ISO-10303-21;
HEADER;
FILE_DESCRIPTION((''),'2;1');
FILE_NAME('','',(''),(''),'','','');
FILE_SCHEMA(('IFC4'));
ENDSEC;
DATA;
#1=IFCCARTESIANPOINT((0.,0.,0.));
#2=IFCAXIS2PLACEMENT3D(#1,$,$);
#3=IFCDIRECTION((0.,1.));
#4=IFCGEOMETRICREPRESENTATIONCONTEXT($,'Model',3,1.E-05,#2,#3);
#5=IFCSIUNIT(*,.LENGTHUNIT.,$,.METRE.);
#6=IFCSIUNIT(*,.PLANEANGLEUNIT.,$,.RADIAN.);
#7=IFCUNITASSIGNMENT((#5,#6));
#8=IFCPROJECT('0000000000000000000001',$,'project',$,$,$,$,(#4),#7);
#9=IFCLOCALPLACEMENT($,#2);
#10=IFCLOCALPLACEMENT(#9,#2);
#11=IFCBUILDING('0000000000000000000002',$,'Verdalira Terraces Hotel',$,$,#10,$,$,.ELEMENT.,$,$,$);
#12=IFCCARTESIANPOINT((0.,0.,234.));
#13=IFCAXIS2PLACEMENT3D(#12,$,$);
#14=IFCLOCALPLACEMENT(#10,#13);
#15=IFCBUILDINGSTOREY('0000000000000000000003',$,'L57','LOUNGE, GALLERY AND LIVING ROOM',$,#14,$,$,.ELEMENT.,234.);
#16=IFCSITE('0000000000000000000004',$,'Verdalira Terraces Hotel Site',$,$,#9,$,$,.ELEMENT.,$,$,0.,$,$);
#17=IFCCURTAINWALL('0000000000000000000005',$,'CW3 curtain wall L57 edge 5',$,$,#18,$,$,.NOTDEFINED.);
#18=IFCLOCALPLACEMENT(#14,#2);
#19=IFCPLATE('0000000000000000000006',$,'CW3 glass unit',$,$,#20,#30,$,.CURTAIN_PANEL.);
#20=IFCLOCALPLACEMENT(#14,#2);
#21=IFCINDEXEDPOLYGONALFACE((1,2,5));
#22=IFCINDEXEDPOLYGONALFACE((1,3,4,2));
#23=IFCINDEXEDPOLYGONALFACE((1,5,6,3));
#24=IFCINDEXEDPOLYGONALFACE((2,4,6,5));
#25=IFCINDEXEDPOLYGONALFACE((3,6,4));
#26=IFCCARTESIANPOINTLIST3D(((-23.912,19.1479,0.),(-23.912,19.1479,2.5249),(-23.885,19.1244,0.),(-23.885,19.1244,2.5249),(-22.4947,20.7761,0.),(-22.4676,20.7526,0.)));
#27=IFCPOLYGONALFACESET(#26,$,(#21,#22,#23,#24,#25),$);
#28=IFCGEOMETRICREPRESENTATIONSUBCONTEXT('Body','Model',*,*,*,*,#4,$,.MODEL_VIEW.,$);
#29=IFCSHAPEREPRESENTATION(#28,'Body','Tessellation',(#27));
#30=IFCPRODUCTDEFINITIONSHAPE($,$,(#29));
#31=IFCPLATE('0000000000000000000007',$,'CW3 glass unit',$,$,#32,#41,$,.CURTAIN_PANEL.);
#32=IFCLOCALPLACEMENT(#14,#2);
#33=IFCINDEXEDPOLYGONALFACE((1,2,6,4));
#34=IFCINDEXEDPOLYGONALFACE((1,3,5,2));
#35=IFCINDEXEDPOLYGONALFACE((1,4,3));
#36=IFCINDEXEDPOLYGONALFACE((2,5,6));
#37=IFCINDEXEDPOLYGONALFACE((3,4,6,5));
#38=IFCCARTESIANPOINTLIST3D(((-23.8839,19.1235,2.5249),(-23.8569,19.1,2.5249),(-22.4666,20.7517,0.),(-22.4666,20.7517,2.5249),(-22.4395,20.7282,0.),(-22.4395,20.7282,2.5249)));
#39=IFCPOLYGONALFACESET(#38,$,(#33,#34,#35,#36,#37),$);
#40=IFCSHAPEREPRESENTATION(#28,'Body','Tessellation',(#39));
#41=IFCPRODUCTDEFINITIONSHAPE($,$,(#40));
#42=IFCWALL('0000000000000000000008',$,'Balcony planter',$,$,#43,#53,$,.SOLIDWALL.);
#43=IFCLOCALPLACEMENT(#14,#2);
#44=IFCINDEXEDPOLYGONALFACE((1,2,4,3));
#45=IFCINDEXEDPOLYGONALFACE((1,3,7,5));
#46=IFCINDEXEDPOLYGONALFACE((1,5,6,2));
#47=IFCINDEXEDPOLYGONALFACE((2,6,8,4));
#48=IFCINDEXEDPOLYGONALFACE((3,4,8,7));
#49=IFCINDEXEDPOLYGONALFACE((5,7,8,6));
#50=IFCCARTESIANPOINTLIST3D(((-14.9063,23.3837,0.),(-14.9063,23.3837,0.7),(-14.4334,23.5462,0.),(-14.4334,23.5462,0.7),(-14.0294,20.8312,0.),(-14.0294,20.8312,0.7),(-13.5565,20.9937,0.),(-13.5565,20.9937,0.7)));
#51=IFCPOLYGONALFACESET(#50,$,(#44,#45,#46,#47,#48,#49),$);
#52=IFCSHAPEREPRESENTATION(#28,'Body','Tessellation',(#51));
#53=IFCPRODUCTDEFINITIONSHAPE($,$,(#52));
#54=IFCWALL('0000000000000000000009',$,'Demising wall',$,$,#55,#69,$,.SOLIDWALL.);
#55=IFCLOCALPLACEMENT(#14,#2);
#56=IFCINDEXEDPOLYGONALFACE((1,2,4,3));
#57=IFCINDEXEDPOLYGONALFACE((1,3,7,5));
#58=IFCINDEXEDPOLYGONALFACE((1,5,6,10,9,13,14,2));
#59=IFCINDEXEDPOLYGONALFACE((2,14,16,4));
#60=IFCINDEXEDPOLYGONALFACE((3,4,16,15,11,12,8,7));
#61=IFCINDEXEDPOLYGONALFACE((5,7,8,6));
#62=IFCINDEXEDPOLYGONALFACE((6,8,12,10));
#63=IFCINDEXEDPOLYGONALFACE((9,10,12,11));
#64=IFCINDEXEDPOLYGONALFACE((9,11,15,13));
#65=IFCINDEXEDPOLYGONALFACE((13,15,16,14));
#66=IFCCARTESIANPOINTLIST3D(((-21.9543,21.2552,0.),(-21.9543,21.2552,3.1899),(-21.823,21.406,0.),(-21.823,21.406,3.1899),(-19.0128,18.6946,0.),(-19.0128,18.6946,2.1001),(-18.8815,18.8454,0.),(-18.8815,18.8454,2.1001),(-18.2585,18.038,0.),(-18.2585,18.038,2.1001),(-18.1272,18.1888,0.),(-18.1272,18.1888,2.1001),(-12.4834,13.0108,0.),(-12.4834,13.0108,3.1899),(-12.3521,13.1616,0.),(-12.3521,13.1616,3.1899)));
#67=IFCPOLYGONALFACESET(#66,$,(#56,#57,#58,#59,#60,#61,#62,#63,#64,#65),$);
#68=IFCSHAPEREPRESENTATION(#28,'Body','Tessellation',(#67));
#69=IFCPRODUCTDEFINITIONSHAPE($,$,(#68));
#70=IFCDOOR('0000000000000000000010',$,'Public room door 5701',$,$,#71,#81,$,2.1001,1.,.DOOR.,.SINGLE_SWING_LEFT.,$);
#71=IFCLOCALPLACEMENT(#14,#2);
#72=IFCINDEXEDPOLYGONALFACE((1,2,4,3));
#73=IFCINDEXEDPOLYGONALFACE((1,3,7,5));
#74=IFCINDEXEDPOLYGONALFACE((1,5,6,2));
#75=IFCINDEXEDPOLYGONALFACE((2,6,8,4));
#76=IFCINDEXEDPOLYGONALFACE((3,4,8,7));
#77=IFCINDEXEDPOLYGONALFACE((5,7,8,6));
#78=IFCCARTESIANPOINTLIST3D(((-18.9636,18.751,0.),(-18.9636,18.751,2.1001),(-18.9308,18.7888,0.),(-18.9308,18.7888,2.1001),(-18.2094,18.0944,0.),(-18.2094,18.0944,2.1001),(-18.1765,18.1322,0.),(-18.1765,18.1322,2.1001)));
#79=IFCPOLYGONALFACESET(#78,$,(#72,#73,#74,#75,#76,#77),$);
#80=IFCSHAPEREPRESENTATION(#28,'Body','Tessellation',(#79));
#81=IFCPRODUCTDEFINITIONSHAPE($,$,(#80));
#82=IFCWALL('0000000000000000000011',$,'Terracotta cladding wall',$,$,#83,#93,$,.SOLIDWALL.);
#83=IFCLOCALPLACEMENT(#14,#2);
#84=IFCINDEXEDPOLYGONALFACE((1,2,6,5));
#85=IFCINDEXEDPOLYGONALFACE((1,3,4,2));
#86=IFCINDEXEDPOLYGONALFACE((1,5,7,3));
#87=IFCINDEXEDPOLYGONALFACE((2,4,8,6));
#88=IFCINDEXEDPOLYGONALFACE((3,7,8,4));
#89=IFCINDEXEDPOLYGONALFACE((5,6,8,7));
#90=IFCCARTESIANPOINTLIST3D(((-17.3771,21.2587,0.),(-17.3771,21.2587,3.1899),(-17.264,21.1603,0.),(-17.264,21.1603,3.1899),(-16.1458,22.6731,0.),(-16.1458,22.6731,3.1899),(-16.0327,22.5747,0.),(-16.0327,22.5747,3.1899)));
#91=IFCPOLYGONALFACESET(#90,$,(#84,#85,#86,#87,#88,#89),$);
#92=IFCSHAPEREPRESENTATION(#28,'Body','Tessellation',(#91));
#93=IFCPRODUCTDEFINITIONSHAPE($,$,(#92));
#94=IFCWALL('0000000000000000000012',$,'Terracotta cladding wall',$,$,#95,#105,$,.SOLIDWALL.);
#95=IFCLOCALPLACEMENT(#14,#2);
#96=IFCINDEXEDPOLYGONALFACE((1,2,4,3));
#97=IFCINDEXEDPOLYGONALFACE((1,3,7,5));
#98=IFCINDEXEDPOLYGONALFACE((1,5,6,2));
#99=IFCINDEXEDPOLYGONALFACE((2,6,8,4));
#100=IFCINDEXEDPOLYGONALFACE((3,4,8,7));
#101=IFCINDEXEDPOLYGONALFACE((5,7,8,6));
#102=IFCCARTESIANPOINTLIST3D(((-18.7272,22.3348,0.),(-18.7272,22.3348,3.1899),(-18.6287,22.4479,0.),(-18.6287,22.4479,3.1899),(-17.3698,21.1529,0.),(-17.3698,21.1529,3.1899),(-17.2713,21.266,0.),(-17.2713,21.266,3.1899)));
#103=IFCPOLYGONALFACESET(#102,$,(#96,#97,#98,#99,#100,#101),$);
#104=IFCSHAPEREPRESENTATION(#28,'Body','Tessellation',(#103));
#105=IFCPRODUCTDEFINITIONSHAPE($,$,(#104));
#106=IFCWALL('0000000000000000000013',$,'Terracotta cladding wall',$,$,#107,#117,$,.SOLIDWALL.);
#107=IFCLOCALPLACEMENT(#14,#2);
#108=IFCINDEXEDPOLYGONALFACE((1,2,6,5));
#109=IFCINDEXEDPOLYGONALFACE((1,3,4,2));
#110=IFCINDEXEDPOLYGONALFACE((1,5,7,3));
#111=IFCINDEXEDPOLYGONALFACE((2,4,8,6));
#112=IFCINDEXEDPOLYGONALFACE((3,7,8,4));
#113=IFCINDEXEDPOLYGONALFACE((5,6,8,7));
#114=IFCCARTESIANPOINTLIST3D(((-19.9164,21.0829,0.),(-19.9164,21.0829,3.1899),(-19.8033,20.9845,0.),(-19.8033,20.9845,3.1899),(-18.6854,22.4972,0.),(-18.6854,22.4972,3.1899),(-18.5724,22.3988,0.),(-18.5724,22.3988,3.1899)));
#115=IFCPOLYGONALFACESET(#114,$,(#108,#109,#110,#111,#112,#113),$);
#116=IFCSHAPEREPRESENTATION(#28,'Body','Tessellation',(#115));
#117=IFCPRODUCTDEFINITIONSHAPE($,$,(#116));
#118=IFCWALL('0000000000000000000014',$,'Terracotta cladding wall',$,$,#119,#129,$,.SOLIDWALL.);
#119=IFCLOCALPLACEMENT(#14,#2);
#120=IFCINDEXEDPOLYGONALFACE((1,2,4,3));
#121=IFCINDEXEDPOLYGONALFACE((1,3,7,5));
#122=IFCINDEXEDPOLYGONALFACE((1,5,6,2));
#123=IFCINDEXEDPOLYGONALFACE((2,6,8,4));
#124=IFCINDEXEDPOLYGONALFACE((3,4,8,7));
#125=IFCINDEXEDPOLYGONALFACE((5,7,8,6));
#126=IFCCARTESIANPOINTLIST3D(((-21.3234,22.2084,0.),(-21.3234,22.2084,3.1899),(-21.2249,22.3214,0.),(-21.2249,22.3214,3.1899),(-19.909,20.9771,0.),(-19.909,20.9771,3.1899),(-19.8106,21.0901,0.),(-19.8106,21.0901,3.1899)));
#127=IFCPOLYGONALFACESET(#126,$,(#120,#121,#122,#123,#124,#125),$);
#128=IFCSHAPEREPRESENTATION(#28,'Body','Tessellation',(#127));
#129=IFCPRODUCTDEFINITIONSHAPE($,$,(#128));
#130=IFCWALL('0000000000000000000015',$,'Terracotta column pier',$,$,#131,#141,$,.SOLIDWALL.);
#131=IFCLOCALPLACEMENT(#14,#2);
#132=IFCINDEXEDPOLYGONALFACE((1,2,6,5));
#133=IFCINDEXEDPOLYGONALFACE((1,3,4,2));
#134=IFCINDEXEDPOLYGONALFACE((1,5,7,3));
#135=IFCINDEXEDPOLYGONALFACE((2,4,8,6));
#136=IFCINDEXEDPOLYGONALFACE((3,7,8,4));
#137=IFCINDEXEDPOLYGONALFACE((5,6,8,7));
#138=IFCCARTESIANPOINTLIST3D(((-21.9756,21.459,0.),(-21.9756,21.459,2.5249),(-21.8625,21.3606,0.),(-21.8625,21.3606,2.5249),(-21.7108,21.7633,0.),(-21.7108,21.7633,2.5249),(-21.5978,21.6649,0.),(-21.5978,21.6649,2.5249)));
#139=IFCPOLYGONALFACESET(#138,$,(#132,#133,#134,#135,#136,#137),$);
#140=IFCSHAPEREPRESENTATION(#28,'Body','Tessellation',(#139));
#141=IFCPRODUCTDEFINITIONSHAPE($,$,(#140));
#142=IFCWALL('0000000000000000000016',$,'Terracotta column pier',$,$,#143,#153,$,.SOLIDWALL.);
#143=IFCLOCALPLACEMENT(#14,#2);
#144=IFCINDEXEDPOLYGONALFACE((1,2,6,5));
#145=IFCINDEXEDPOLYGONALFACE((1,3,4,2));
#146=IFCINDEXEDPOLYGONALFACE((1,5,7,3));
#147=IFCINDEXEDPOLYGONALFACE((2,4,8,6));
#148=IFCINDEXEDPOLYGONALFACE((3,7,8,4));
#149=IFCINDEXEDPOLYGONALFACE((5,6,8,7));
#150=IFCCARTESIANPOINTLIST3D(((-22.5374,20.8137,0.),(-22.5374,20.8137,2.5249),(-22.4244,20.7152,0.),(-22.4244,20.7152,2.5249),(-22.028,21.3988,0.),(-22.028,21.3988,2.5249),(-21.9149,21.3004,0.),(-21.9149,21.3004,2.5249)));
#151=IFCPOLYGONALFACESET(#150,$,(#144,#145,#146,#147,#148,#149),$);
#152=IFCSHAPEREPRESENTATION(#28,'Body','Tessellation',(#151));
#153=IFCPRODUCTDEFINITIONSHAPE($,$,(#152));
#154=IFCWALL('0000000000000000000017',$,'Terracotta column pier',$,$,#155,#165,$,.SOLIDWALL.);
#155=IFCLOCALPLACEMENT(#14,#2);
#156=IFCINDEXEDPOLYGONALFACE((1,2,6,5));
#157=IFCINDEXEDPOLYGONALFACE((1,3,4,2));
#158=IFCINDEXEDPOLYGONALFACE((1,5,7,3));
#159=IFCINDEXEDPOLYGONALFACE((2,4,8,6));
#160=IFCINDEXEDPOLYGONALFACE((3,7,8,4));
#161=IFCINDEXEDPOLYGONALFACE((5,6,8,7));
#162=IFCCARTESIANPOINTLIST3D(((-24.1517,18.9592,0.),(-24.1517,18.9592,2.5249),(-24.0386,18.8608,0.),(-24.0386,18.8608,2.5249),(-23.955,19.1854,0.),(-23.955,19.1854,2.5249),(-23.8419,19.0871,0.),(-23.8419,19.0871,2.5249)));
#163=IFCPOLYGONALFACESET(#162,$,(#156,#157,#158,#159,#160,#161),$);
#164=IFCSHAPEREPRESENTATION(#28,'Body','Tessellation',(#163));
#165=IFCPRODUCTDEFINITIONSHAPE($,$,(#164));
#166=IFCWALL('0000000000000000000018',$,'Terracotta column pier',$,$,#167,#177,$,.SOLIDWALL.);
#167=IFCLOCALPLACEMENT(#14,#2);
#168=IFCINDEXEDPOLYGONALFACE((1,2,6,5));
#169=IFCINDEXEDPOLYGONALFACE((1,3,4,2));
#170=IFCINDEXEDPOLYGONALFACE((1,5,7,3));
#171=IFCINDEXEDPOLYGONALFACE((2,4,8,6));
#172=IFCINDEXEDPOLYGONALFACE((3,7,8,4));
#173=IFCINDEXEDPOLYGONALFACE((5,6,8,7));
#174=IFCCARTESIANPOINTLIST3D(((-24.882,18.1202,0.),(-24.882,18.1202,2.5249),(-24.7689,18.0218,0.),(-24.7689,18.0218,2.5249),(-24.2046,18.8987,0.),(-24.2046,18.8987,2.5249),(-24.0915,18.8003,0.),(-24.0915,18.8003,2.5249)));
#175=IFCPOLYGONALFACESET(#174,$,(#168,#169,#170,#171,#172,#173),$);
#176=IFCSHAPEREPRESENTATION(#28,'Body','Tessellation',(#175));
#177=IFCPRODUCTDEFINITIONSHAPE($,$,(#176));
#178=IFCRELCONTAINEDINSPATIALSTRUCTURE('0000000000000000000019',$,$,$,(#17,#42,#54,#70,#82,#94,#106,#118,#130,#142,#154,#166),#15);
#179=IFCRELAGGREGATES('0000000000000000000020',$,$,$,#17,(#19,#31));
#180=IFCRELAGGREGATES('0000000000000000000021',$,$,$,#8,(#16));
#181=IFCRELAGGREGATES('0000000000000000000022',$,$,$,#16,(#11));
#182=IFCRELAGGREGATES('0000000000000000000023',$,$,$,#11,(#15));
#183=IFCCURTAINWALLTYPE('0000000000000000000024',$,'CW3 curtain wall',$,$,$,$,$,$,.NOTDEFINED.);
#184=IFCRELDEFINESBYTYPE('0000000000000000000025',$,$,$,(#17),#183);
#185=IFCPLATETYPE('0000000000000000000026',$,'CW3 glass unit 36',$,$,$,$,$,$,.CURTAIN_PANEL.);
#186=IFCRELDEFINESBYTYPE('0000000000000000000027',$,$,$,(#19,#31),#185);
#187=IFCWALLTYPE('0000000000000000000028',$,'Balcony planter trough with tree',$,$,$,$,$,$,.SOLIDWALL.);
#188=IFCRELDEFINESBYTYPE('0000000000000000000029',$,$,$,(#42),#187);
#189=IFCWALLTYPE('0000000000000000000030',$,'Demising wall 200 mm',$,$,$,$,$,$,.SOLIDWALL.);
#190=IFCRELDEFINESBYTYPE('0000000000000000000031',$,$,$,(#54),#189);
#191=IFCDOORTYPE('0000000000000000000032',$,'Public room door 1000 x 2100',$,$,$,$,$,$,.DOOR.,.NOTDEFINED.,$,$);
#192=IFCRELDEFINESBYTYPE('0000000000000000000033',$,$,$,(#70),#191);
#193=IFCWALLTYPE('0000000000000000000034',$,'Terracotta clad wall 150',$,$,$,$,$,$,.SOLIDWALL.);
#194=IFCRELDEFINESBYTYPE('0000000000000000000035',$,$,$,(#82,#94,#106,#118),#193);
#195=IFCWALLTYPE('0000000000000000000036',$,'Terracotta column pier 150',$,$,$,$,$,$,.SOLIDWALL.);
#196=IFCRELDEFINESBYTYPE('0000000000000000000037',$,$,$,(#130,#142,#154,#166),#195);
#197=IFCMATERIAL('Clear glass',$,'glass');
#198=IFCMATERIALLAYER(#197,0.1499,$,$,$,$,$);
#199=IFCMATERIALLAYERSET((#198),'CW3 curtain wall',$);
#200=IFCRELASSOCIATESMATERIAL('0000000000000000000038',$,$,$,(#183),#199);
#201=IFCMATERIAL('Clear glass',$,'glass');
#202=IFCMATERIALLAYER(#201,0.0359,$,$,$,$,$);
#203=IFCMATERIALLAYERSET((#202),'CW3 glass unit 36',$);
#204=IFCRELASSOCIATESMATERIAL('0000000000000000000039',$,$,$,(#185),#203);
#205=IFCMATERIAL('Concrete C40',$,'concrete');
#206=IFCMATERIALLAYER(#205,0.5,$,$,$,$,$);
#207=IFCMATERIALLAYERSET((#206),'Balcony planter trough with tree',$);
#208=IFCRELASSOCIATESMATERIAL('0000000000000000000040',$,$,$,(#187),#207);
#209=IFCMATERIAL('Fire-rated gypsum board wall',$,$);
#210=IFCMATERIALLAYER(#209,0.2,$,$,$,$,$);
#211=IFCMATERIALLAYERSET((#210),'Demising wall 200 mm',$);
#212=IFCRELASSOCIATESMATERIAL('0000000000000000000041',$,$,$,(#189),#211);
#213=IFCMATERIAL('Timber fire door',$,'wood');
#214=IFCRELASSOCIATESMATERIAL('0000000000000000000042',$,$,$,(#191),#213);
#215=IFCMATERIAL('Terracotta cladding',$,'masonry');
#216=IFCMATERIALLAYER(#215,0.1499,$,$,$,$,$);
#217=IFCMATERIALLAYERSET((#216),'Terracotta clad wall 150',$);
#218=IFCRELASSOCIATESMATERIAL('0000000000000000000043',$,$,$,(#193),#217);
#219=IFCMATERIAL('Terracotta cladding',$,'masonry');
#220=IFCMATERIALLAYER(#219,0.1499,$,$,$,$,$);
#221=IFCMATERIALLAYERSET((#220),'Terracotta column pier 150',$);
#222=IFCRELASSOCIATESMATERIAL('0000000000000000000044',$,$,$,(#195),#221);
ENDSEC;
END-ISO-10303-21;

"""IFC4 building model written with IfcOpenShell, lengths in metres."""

from ifc_helpers import new_model, si_unit, direction, frame, frame_2d, origin, place, context, subcontext, project, spatial, polyline, rectangle, outline, extrude, material, layer, layer_set, type_object, element, fill, aggregate, save


model = new_model("IFC4")

# Units and contexts
model_context = context("Model", 3, precision=1e-05, world=origin(), true_north=direction((0.0, 1.0)))
body_context = subcontext(model_context, "Body", "Model", "MODEL_VIEW")
ifc_project = project(units=[si_unit("LENGTHUNIT", "METRE"), si_unit("PLANEANGLEUNIT", "RADIAN")], contexts=[model_context])

# Site, building, storey
site_placement = place(None, origin())
site = spatial("IfcSite", under=ifc_project, at=site_placement, Name="Verdalira Terraces Hotel Site", CompositionType="ELEMENT", RefElevation=0.0)
building_placement = place(site_placement, origin())
building = spatial("IfcBuilding", under=site, at=building_placement, Name="Verdalira Terraces Hotel", CompositionType="ELEMENT")
storey_placement = place(building_placement, frame((0.0, 0.0, 234.0)))
storey = spatial("IfcBuildingStorey", under=building, at=storey_placement, Name="L57", Description="LOUNGE, GALLERY AND LIVING ROOM", CompositionType="ELEMENT", Elevation=234.0)

# Curtain wall
ifc_material_1 = material(Name="Clear glass", Category="glass")
ifc_layer_1 = layer(ifc_material_1, 0.1499)
ifc_layer_set_1 = layer_set([ifc_layer_1], Name="CW3 curtain wall")
curtain_wall_type_1 = type_object("IfcCurtainWallType", Name="CW3 curtain wall", PredefinedType="NOTDEFINED", material=ifc_layer_set_1)
curtain_wall_1_placement = place(storey_placement, origin())
curtain_wall_1 = element("IfcCurtainWall", 1, at=curtain_wall_1_placement, inside=storey, type_object=curtain_wall_type_1, Name="CW3 curtain wall L57 edge 5", PredefinedType="NOTDEFINED")

# Plates
ifc_material_2 = material(Name="Clear glass", Category="glass")
ifc_layer_2 = layer(ifc_material_2, 0.0359)
ifc_layer_set_2 = layer_set([ifc_layer_2], Name="CW3 glass unit 36")
plate_type_1 = type_object("IfcPlateType", Name="CW3 glass unit 36", PredefinedType="CURTAIN_PANEL", material=ifc_layer_set_2)
plate_1_placement = place(storey_placement, frame((-23.1763, 19.9385, 1.2625), z_axis=(-0.754251, 0.656586, 0.0), x_axis=(-0.656586, -0.754251, 0.0)))
plate_1 = element("IfcPlate", 2, at=plate_1_placement, type_object=plate_type_1, Name="CW3 glass unit", PredefinedType="CURTAIN_PANEL", context=body_context, shape_type="SweptSolid", body=[
    extrude(outline(polyline([(-1.0793, -1.2625), (1.0793, -1.2625), (1.0793, 1.2625), (-1.0793, -1.2625)])), origin(), (0.0, 0.0, 1.0), 0.0359),
])
plate_2_placement = place(storey_placement, frame((-23.1482, 19.9141, 1.2625), z_axis=(-0.754251, 0.656586, 0.0), x_axis=(-0.656586, -0.754251, 0.0)))
plate_2 = element("IfcPlate", 3, at=plate_2_placement, type_object=plate_type_1, Name="CW3 glass unit", PredefinedType="CURTAIN_PANEL", context=body_context, shape_type="SweptSolid", body=[
    extrude(outline(polyline([(-1.0793, -1.2625), (1.0793, 1.2625), (-1.0793, 1.2625), (-1.0793, -1.2625)])), origin(), (0.0, 0.0, 1.0), 0.0359),
])
aggregate(curtain_wall_1, [plate_1, plate_2])

# Wall
ifc_material_3 = material(Name="Concrete C40", Category="concrete")
ifc_layer_3 = layer(ifc_material_3, 0.5)
ifc_layer_set_3 = layer_set([ifc_layer_3], Name="Balcony planter trough with tree")
wall_type_1 = type_object("IfcWallType", Name="Balcony planter trough with tree", PredefinedType="SOLIDWALL", material=ifc_layer_set_3)
wall_1_placement = place(storey_placement, frame((-14.6699, 23.4651, 0.0), z_axis=(0.0, 0.0, 1.0), x_axis=(0.324926, -0.94574, 0.0)))
element("IfcWall", 4, at=wall_1_placement, inside=storey, type_object=wall_type_1, Name="Balcony planter", PredefinedType="SOLIDWALL", context=body_context, shape_type="SweptSolid", body=[
    extrude(rectangle(XDim=2.699, YDim=0.5, at=frame_2d((1.3496, 0.0))), origin(), (0.0, 0.0, 1.0), 0.7),
])

# Wall, opening, door
ifc_material_4 = material(Name="Fire-rated gypsum board wall")
ifc_layer_4 = layer(ifc_material_4, 0.2)
ifc_layer_set_4 = layer_set([ifc_layer_4], Name="Demising wall 200 mm")
wall_type_2 = type_object("IfcWallType", Name="Demising wall 200 mm", PredefinedType="SOLIDWALL", material=ifc_layer_set_4)
wall_2_placement = place(storey_placement, frame((-21.8887, 21.3306, 0.0), z_axis=(0.0, 0.0, 1.0), x_axis=(0.754259, -0.656577, 0.0)))
wall_2 = element("IfcWall", 5, at=wall_2_placement, inside=storey, type_object=wall_type_2, Name="Demising wall", PredefinedType="SOLIDWALL", context=body_context, shape_type="SweptSolid", body=[
    extrude(rectangle(XDim=12.5566, YDim=0.2, at=frame_2d((6.2783, 0.0))), origin(), (0.0, 0.0, 1.0), 3.1899),
])
opening_placement = place(wall_2_placement, frame((3.8999, 0.0, 0.0)))
opening = element("IfcOpeningElement", 6, at=opening_placement, cuts=wall_2, PredefinedType="OPENING", context=body_context, shape_type="SweptSolid", body=[
    extrude(rectangle(XDim=1.0, YDim=2.1001, at=frame_2d((0.5, 1.05))), frame((0.0, 0.1099, 0.0), z_axis=(0.0, -1.0, 0.0), x_axis=(1.0, 0.0, 0.0)), (0.0, 0.0, 1.0), 0.22),
])
ifc_material_5 = material(Name="Timber fire door", Category="wood")
door_type = type_object("IfcDoorType", Name="Public room door 1000 x 2100", OperationType="NOTDEFINED", PredefinedType="DOOR", material=ifc_material_5)
door_placement = place(opening_placement, origin())
door = element("IfcDoor", 7, at=door_placement, inside=storey, type_object=door_type, Name="Public room door 5701", OperationType="SINGLE_SWING_LEFT", OverallHeight=2.1001, OverallWidth=1.0, PredefinedType="DOOR", context=body_context, shape_type="SweptSolid", body=[
    extrude(rectangle(XDim=1.0, YDim=2.1001, at=frame_2d((0.5, 1.05))), frame((0.0, 0.0249, 0.0), z_axis=(0.0, -1.0, 0.0), x_axis=(1.0, 0.0, 0.0)), (0.0, 0.0, 1.0), 0.05),
])
fill(opening, door)

# Walls
ifc_material_6 = material(Name="Terracotta cladding", Category="masonry")
ifc_layer_5 = layer(ifc_material_6, 0.1499)
ifc_layer_set_5 = layer_set([ifc_layer_5], Name="Terracotta clad wall 150")
wall_type_3 = type_object("IfcWallType", Name="Terracotta clad wall 150", PredefinedType="SOLIDWALL", material=ifc_layer_set_5)
wall_3_placement = place(storey_placement, frame((-16.0894, 22.6238, 0.0), z_axis=(0.0, 0.0, 1.0), x_axis=(-0.656594, -0.754244, 0.0)))
element("IfcWall", 8, at=wall_3_placement, inside=storey, type_object=wall_type_3, Name="Terracotta cladding wall", PredefinedType="SOLIDWALL", context=body_context, shape_type="SweptSolid", body=[
    extrude(rectangle(XDim=1.8752, YDim=0.1499, at=frame_2d((0.9375, 0.0))), origin(), (0.0, 0.0, 1.0), 3.1899),
])
wall_4_placement = place(storey_placement, frame((-17.3206, 21.2095, 0.0), z_axis=(0.0, 0.0, 1.0), x_axis=(-0.754188, 0.656659, 0.0)))
element("IfcWall", 9, at=wall_4_placement, inside=storey, type_object=wall_type_3, Name="Terracotta cladding wall", PredefinedType="SOLIDWALL", context=body_context, shape_type="SweptSolid", body=[
    extrude(rectangle(XDim=1.7998, YDim=0.1499, at=frame_2d((0.8999, 0.0))), origin(), (0.0, 0.0, 1.0), 3.1899),
])
wall_5_placement = place(storey_placement, frame((-18.6289, 22.448, 0.0), z_axis=(0.0, 0.0, 1.0), x_axis=(-0.65652, -0.754308, 0.0)))
element("IfcWall", 10, at=wall_5_placement, inside=storey, type_object=wall_type_3, Name="Terracotta cladding wall", PredefinedType="SOLIDWALL", context=body_context, shape_type="SweptSolid", body=[
    extrude(rectangle(XDim=1.875, YDim=0.1499, at=frame_2d((0.9375, 0.0))), origin(), (0.0, 0.0, 1.0), 3.1899),
])
wall_6_placement = place(storey_placement, frame((-19.8599, 21.0337, 0.0), z_axis=(0.0, 0.0, 1.0), x_axis=(-0.754244, 0.656594, 0.0)))
element("IfcWall", 11, at=wall_6_placement, inside=storey, type_object=wall_type_3, Name="Terracotta cladding wall", PredefinedType="SOLIDWALL", context=body_context, shape_type="SweptSolid", body=[
    extrude(rectangle(XDim=1.8752, YDim=0.1499, at=frame_2d((0.9375, 0.0))), origin(), (0.0, 0.0, 1.0), 3.1899),
])
ifc_material_7 = material(Name="Terracotta cladding", Category="masonry")
ifc_layer_6 = layer(ifc_material_7, 0.1499)
ifc_layer_set_6 = layer_set([ifc_layer_6], Name="Terracotta column pier 150")
wall_type_4 = type_object("IfcWallType", Name="Terracotta column pier 150", PredefinedType="SOLIDWALL", material=ifc_layer_set_6)
wall_7_placement = place(storey_placement, frame((-21.6543, 21.7141, 0.0), z_axis=(0.0, 0.0, 1.0), x_axis=(-0.656359, -0.754449, 0.0)))
element("IfcWall", 12, at=wall_7_placement, inside=storey, type_object=wall_type_4, Name="Terracotta column pier", PredefinedType="SOLIDWALL", context=body_context, shape_type="SweptSolid", body=[
    extrude(rectangle(XDim=0.4033, YDim=0.1499, at=frame_2d((0.2017, 0.0))), origin(), (0.0, 0.0, 1.0), 2.5249),
])
wall_8_placement = place(storey_placement, frame((-21.9714, 21.3496, 0.0), z_axis=(0.0, 0.0, 1.0), x_axis=(-0.656654, -0.754192, 0.0)))
element("IfcWall", 13, at=wall_8_placement, inside=storey, type_object=wall_type_4, Name="Terracotta column pier", PredefinedType="SOLIDWALL", context=body_context, shape_type="SweptSolid", body=[
    extrude(rectangle(XDim=0.7759, YDim=0.1499, at=frame_2d((0.3879, 0.0))), origin(), (0.0, 0.0, 1.0), 2.5249),
])
wall_9_placement = place(storey_placement, frame((-23.8984, 19.1362, 0.0), z_axis=(0.0, 0.0, 1.0), x_axis=(-0.656138, -0.754641, 0.0)))
element("IfcWall", 14, at=wall_9_placement, inside=storey, type_object=wall_type_4, Name="Terracotta column pier", PredefinedType="SOLIDWALL", context=body_context, shape_type="SweptSolid", body=[
    extrude(rectangle(XDim=0.2998, YDim=0.1499, at=frame_2d((0.1499, 0.0))), origin(), (0.0, 0.0, 1.0), 2.5249),
])
wall_10_placement = place(storey_placement, frame((-24.1479, 18.8496, 0.0), z_axis=(0.0, 0.0, 1.0), x_axis=(-0.656442, -0.754376, 0.0)))
element("IfcWall", 15, at=wall_10_placement, inside=storey, type_object=wall_type_4, Name="Terracotta column pier", PredefinedType="SOLIDWALL", context=body_context, shape_type="SweptSolid", body=[
    extrude(rectangle(XDim=1.032, YDim=0.1499, at=frame_2d((0.5161, 0.0))), origin(), (0.0, 0.0, 1.0), 2.5249),
])

save(model, "model.ifc")
